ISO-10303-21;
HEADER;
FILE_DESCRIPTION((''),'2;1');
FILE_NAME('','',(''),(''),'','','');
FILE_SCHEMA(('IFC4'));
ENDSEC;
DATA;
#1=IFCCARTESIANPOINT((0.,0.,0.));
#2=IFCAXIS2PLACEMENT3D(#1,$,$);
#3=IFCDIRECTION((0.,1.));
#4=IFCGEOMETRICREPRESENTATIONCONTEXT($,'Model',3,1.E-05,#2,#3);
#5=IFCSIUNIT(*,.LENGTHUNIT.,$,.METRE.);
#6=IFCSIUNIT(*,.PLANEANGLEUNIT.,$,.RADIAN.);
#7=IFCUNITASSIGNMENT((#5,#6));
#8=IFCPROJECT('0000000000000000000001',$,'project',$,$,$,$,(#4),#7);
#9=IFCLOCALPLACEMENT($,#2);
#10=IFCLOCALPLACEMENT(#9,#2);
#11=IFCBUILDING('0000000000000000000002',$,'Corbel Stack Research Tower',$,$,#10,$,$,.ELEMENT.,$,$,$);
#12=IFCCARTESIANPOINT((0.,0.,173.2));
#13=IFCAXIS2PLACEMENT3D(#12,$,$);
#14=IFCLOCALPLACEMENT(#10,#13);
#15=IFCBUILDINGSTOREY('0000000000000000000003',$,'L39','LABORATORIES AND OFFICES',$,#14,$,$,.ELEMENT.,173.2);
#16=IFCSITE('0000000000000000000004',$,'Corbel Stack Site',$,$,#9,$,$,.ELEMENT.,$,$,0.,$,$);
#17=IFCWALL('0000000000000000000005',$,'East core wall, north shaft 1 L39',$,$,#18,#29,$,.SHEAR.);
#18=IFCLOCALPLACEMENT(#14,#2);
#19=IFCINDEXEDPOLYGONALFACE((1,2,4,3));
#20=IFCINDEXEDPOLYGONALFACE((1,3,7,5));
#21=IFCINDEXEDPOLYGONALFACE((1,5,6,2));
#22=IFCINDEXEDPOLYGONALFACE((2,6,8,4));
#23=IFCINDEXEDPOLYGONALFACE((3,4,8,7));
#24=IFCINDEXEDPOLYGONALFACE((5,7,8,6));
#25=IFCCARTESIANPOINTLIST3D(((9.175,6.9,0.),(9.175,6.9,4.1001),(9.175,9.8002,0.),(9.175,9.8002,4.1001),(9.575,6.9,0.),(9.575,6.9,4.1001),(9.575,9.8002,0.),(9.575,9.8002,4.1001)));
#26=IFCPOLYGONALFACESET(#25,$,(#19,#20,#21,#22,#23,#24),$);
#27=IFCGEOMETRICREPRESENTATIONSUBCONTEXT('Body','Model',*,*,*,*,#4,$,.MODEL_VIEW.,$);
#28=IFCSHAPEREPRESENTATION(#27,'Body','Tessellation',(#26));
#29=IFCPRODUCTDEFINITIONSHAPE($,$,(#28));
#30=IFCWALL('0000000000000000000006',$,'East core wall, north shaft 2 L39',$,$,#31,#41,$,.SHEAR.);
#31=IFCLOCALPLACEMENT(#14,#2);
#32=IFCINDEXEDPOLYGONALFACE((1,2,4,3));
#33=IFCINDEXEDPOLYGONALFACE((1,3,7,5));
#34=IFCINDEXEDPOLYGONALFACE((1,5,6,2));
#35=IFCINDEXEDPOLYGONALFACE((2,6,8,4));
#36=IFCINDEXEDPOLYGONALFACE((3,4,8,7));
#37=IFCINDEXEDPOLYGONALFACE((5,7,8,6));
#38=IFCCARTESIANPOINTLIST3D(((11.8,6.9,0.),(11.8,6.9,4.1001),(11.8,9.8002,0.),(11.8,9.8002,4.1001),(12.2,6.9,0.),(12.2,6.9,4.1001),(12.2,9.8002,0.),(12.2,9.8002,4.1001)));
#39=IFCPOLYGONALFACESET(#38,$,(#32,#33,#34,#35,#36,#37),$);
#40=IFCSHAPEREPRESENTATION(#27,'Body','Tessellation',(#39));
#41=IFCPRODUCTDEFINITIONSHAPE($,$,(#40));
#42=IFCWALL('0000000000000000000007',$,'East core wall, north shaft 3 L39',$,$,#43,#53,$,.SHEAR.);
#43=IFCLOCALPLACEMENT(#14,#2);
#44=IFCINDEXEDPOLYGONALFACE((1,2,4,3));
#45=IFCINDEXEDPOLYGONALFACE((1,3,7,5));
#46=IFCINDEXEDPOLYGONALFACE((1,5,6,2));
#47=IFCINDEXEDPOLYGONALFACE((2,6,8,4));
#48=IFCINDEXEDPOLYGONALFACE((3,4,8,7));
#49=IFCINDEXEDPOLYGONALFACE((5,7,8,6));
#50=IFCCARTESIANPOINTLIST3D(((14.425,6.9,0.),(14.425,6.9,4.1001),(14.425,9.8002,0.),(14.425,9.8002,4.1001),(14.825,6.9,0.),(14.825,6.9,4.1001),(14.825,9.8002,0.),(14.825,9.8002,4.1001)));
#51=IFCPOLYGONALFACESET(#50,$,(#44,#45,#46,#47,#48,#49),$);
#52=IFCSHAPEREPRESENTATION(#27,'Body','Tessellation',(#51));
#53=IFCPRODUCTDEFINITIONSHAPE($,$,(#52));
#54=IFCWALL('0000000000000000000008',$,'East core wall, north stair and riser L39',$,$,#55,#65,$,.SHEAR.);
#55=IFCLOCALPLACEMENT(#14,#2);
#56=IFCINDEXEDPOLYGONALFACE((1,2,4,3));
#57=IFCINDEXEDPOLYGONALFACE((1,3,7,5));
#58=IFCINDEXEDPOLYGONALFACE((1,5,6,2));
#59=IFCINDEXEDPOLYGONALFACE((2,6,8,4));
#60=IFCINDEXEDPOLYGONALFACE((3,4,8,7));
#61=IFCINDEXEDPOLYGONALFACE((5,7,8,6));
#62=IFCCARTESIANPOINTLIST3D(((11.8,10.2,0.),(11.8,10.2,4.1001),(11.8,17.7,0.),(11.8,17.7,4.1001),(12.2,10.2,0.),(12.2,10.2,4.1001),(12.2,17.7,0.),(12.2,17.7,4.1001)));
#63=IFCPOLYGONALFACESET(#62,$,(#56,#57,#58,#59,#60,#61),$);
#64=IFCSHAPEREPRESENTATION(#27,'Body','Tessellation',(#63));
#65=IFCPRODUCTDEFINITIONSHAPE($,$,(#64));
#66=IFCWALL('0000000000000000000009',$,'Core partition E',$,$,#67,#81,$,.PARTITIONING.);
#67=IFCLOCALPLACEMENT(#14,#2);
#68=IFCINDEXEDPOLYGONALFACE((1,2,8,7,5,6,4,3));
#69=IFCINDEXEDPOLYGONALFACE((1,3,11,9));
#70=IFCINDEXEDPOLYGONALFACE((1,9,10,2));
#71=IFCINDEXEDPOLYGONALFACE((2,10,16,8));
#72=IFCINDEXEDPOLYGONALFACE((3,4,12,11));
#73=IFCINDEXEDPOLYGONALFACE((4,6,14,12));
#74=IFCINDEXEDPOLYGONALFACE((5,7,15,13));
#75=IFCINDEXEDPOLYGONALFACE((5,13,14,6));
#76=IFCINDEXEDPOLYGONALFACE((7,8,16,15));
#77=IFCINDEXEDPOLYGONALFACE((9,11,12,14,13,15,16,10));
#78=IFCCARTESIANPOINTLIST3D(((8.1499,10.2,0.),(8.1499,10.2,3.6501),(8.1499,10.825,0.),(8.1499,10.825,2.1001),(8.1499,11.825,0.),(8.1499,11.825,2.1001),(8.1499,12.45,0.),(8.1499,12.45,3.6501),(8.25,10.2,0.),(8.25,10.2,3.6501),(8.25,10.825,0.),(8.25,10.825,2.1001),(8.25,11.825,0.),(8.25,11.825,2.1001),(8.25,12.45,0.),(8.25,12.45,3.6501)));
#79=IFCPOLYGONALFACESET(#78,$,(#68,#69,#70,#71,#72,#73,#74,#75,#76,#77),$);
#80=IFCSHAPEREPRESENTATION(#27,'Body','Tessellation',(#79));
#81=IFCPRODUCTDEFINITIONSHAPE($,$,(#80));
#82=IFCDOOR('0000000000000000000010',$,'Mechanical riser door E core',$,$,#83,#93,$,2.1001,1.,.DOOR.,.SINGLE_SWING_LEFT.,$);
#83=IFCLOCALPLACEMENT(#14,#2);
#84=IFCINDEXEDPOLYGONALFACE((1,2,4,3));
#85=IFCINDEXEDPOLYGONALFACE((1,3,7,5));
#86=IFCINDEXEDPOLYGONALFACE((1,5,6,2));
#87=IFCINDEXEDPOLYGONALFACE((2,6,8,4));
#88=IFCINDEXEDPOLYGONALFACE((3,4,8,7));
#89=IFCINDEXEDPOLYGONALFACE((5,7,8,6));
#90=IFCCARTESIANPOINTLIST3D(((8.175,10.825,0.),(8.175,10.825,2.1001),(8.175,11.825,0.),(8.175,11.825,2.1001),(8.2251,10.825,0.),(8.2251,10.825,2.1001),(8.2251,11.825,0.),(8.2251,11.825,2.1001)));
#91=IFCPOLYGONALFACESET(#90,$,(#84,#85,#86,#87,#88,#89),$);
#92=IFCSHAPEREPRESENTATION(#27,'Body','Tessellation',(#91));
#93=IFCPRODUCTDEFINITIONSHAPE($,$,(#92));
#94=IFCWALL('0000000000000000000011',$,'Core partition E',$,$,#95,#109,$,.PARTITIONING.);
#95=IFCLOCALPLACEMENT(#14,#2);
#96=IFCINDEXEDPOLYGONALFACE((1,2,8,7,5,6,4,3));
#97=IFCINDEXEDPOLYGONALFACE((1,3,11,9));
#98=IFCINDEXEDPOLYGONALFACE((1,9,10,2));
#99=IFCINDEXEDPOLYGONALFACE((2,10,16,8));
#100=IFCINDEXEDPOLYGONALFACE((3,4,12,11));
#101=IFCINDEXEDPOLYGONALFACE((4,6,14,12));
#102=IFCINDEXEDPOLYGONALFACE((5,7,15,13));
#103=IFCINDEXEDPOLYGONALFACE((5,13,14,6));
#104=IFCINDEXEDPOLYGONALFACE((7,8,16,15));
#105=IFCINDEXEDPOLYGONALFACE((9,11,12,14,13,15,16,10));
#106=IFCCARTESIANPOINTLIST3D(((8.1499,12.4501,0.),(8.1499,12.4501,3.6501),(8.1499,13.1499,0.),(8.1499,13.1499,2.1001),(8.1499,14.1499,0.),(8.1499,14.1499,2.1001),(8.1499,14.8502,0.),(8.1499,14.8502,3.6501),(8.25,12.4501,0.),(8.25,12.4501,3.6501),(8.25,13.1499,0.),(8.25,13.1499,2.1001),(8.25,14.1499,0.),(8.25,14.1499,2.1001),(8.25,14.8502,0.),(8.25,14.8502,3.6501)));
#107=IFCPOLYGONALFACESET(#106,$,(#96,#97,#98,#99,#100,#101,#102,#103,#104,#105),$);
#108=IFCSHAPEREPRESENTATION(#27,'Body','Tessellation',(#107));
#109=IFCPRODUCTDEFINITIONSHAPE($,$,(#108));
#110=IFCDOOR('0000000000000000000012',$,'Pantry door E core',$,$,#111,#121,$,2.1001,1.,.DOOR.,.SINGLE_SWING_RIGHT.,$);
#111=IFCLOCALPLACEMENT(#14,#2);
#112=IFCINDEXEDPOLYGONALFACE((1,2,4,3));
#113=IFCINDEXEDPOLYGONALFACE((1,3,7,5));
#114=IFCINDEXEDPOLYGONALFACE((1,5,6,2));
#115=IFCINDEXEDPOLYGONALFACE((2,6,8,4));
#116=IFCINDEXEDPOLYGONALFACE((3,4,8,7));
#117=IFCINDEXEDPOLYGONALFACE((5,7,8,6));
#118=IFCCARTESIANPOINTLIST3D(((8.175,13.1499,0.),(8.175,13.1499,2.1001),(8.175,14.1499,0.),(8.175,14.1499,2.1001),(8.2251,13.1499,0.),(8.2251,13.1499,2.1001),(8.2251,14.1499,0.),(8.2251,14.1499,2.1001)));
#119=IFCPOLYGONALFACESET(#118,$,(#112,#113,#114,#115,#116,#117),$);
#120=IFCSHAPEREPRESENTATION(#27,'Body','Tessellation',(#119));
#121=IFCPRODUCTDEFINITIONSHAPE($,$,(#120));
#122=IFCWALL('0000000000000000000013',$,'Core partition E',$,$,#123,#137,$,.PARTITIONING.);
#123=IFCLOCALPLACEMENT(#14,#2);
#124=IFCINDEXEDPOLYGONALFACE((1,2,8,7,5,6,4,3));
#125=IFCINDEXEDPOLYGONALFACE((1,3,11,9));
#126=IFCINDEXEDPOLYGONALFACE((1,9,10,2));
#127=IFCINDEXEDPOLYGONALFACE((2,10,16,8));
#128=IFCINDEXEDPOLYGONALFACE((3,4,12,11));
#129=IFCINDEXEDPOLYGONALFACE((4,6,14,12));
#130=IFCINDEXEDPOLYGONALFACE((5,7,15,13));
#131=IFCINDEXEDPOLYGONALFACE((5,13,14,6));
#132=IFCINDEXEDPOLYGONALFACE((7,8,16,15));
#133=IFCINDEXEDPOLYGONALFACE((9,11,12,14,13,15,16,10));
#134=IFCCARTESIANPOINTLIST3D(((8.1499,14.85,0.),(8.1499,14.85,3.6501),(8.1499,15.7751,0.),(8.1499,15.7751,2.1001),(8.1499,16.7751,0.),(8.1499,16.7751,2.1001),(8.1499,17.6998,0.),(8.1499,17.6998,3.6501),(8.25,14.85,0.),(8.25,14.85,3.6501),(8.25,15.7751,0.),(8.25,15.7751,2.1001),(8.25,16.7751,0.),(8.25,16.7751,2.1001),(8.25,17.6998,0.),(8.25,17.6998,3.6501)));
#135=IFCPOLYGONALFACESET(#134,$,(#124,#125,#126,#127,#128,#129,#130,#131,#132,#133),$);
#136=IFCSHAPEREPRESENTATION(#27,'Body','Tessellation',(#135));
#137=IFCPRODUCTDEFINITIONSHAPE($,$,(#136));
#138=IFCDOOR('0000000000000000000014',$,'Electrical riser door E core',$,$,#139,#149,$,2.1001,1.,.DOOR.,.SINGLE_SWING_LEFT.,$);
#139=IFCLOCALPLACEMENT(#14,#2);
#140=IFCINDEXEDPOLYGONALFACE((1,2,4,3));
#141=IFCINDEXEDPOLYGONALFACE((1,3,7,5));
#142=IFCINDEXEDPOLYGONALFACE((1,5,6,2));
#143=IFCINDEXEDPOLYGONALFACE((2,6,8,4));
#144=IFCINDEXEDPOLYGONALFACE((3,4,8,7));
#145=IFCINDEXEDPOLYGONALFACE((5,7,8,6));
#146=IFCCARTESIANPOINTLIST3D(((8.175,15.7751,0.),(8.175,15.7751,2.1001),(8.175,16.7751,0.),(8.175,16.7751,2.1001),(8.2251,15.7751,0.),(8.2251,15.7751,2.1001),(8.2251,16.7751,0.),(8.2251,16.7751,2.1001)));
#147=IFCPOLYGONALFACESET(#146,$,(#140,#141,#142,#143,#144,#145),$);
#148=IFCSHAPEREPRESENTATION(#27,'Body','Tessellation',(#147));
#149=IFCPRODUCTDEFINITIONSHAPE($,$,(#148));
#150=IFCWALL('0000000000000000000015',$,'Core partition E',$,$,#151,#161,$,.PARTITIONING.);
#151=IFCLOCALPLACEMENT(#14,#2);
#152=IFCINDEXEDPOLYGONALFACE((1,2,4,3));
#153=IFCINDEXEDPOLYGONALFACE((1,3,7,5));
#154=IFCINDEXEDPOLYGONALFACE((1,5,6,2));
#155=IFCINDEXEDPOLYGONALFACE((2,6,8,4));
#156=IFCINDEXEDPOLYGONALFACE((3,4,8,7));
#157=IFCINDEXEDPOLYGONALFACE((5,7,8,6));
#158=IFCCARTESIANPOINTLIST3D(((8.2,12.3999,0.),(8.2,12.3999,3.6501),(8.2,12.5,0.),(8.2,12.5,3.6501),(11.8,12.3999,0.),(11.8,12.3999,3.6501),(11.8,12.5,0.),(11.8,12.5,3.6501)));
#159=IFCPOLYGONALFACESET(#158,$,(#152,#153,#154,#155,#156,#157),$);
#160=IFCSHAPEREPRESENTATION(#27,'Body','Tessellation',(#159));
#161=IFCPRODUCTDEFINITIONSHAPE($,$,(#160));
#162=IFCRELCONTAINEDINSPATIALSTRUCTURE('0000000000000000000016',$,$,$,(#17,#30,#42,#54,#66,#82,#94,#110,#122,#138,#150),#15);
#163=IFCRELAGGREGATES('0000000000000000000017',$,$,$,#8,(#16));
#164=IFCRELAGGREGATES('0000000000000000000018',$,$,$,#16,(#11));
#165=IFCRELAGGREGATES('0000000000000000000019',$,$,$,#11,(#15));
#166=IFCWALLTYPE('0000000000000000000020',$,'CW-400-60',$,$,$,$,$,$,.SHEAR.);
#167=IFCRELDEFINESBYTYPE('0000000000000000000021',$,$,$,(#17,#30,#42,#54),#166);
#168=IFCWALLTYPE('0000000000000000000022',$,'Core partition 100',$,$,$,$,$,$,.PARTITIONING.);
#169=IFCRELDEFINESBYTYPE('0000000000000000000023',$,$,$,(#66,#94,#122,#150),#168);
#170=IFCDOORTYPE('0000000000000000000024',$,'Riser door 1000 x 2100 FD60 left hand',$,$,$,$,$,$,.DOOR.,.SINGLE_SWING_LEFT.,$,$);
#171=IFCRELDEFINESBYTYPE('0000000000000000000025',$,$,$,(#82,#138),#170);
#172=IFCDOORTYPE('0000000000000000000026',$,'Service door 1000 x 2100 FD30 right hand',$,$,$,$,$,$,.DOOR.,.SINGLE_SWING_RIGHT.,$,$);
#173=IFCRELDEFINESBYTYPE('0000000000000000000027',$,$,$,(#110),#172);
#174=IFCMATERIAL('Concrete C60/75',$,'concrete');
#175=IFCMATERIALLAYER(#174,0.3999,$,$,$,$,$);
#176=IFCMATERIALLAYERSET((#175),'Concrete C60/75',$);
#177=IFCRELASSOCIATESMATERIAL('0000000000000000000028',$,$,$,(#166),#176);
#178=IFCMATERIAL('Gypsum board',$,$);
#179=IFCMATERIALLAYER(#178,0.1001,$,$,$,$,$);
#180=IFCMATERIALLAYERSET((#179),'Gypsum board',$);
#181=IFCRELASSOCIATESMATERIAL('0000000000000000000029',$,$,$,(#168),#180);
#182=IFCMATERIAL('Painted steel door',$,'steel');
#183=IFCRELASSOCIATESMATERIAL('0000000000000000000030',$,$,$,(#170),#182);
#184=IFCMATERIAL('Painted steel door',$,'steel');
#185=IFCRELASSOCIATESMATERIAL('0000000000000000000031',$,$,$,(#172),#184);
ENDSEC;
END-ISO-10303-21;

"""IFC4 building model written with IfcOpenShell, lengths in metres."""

from ifc_helpers import new_model, si_unit, direction, frame, frame_2d, origin, place, context, subcontext, project, spatial, rectangle, extrude, material, layer, layer_set, type_object, element, fill, save


model = new_model("IFC4")

# Units and contexts
model_context = context("Model", 3, precision=1e-05, world=origin(), true_north=direction((0.0, 1.0)))
body_context = subcontext(model_context, "Body", "Model", "MODEL_VIEW")
ifc_project = project(units=[si_unit("LENGTHUNIT", "METRE"), si_unit("PLANEANGLEUNIT", "RADIAN")], contexts=[model_context])

# Site, building, storey
site_placement = place(None, origin())
site = spatial("IfcSite", under=ifc_project, at=site_placement, Name="Corbel Stack Site", CompositionType="ELEMENT", RefElevation=0.0)
building_placement = place(site_placement, origin())
building = spatial("IfcBuilding", under=site, at=building_placement, Name="Corbel Stack Research Tower", CompositionType="ELEMENT")
storey_placement = place(building_placement, frame((0.0, 0.0, 173.2)))
storey = spatial("IfcBuildingStorey", under=building, at=storey_placement, Name="L39", Description="LABORATORIES AND OFFICES", CompositionType="ELEMENT", Elevation=173.2)

# Walls
ifc_material_1 = material(Name="Concrete C60/75", Category="concrete")
ifc_layer_1 = layer(ifc_material_1, 0.3999)
ifc_layer_set_1 = layer_set([ifc_layer_1], Name="Concrete C60/75")
wall_type_1 = type_object("IfcWallType", Name="CW-400-60", PredefinedType="SHEAR", material=ifc_layer_set_1)
for number, where, z_axis, x_axis, name in (
    (1, (9.375, 6.8999, 0.0), (0.0, 0.0, 1.0), (0.0, 1.0, 0.0), "East core wall, north shaft 1 L39"),
    (2, (12.0, 6.8999, 0.0), (0.0, 0.0, 1.0), (0.0, 1.0, 0.0), "East core wall, north shaft 2 L39"),
    (3, (14.625, 6.8999, 0.0), (0.0, 0.0, 1.0), (0.0, 1.0, 0.0), "East core wall, north shaft 3 L39"),
):
    element("IfcWall", number, at=place(storey_placement, frame(where, z_axis=z_axis, x_axis=x_axis)), inside=storey, type_object=wall_type_1, Name=name, PredefinedType="SHEAR", context=body_context, shape_type="SweptSolid", body=[
        extrude(rectangle(XDim=2.9001, YDim=0.3999, at=frame_2d((1.4502, 0.0))), origin(), (0.0, 0.0, 1.0), 4.1001),
    ])
wall_1_placement = place(storey_placement, frame((12.0, 10.2, 0.0), z_axis=(0.0, 0.0, 1.0), x_axis=(0.0, 1.0, 0.0)))
element("IfcWall", 4, at=wall_1_placement, inside=storey, type_object=wall_type_1, Name="East core wall, north stair and riser L39", PredefinedType="SHEAR", context=body_context, shape_type="SweptSolid", body=[
    extrude(rectangle(XDim=7.5, YDim=0.3999, at=frame_2d((3.75, 0.0))), origin(), (0.0, 0.0, 1.0), 4.1001),
])

# Walls, openings, doors
ifc_material_2 = material(Name="Gypsum board")
ifc_layer_2 = layer(ifc_material_2, 0.1001)
ifc_layer_set_2 = layer_set([ifc_layer_2], Name="Gypsum board")
wall_type_2 = type_object("IfcWallType", Name="Core partition 100", PredefinedType="PARTITIONING", material=ifc_layer_set_2)
wall_2_placement = place(storey_placement, frame((8.2, 10.2, 0.0), z_axis=(0.0, 0.0, 1.0), x_axis=(0.0, 1.0, 0.0)))
wall_2 = element("IfcWall", 5, at=wall_2_placement, inside=storey, type_object=wall_type_2, Name="Core partition E", PredefinedType="PARTITIONING", context=body_context, shape_type="SweptSolid", body=[
    extrude(rectangle(XDim=2.25, YDim=0.1001, at=frame_2d((1.125, 0.0))), origin(), (0.0, 0.0, 1.0), 3.6501),
])
opening_1_placement = place(wall_2_placement, frame((0.625, 0.0, 0.0)))
opening_1 = element("IfcOpeningElement", 6, at=opening_1_placement, cuts=wall_2, PredefinedType="OPENING", context=body_context, shape_type="SweptSolid", body=[
    extrude(rectangle(XDim=1.0, YDim=2.1001, at=frame_2d((0.5, 1.05))), frame((0.0, 0.0601, 0.0), z_axis=(0.0, -1.0, 0.0), x_axis=(1.0, 0.0, 0.0)), (0.0, 0.0, 1.0), 0.1201),
])
ifc_material_3 = material(Name="Painted steel door", Category="steel")
door_type_1 = type_object("IfcDoorType", Name="Riser door 1000 x 2100 FD60 left hand", OperationType="SINGLE_SWING_LEFT", PredefinedType="DOOR", material=ifc_material_3)
door_1_placement = place(opening_1_placement, origin())
door_1 = element("IfcDoor", 7, at=door_1_placement, inside=storey, type_object=door_type_1, Name="Mechanical riser door E core", OperationType="SINGLE_SWING_LEFT", OverallHeight=2.1001, OverallWidth=1.0, PredefinedType="DOOR", context=body_context, shape_type="SweptSolid", body=[
    extrude(rectangle(XDim=1.0, YDim=2.1001, at=frame_2d((0.5, 1.05))), frame((0.0, 0.0249, 0.0), z_axis=(0.0, -1.0, 0.0), x_axis=(1.0, 0.0, 0.0)), (0.0, 0.0, 1.0), 0.05),
])
fill(opening_1, door_1)
wall_3_placement = place(storey_placement, frame((8.2, 12.45, 0.0), z_axis=(0.0, 0.0, 1.0), x_axis=(0.0, 1.0, 0.0)))
wall_3 = element("IfcWall", 8, at=wall_3_placement, inside=storey, type_object=wall_type_2, Name="Core partition E", PredefinedType="PARTITIONING", context=body_context, shape_type="SweptSolid", body=[
    extrude(rectangle(XDim=2.4001, YDim=0.1001, at=frame_2d((1.2002, 0.0))), origin(), (0.0, 0.0, 1.0), 3.6501),
])
opening_2_placement = place(wall_3_placement, frame((0.7, 0.0, 0.0)))
opening_2 = element("IfcOpeningElement", 9, at=opening_2_placement, cuts=wall_3, PredefinedType="OPENING", context=body_context, shape_type="SweptSolid", body=[
    extrude(rectangle(XDim=1.0, YDim=2.1001, at=frame_2d((0.5, 1.05))), frame((0.0, 0.0601, 0.0), z_axis=(0.0, -1.0, 0.0), x_axis=(1.0, 0.0, 0.0)), (0.0, 0.0, 1.0), 0.1201),
])
ifc_material_4 = material(Name="Painted steel door", Category="steel")
door_type_2 = type_object("IfcDoorType", Name="Service door 1000 x 2100 FD30 right hand", OperationType="SINGLE_SWING_RIGHT", PredefinedType="DOOR", material=ifc_material_4)
door_2_placement = place(opening_2_placement, origin())
door_2 = element("IfcDoor", 10, at=door_2_placement, inside=storey, type_object=door_type_2, Name="Pantry door E core", OperationType="SINGLE_SWING_RIGHT", OverallHeight=2.1001, OverallWidth=1.0, PredefinedType="DOOR", context=body_context, shape_type="SweptSolid", body=[
    extrude(rectangle(XDim=1.0, YDim=2.1001, at=frame_2d((0.5, 1.05))), frame((0.0, 0.0249, 0.0), z_axis=(0.0, -1.0, 0.0), x_axis=(1.0, 0.0, 0.0)), (0.0, 0.0, 1.0), 0.05),
])
fill(opening_2, door_2)
wall_4_placement = place(storey_placement, frame((8.2, 14.8501, 0.0), z_axis=(0.0, 0.0, 1.0), x_axis=(0.0, 1.0, 0.0)))
wall_4 = element("IfcWall", 11, at=wall_4_placement, inside=storey, type_object=wall_type_2, Name="Core partition E", PredefinedType="PARTITIONING", context=body_context, shape_type="SweptSolid", body=[
    extrude(rectangle(XDim=2.8499, YDim=0.1001, at=frame_2d((1.4248, 0.0))), origin(), (0.0, 0.0, 1.0), 3.6501),
])
opening_3_placement = place(wall_4_placement, frame((0.925, 0.0, 0.0)))
opening_3 = element("IfcOpeningElement", 12, at=opening_3_placement, cuts=wall_4, PredefinedType="OPENING", context=body_context, shape_type="SweptSolid", body=[
    extrude(rectangle(XDim=1.0, YDim=2.1001, at=frame_2d((0.5, 1.05))), frame((0.0, 0.0601, 0.0), z_axis=(0.0, -1.0, 0.0), x_axis=(1.0, 0.0, 0.0)), (0.0, 0.0, 1.0), 0.1201),
])
door_3_placement = place(opening_3_placement, origin())
door_3 = element("IfcDoor", 13, at=door_3_placement, inside=storey, type_object=door_type_1, Name="Electrical riser door E core", OperationType="SINGLE_SWING_LEFT", OverallHeight=2.1001, OverallWidth=1.0, PredefinedType="DOOR", context=body_context, shape_type="SweptSolid", body=[
    extrude(rectangle(XDim=1.0, YDim=2.1001, at=frame_2d((0.5, 1.05))), frame((0.0, 0.0249, 0.0), z_axis=(0.0, -1.0, 0.0), x_axis=(1.0, 0.0, 0.0)), (0.0, 0.0, 1.0), 0.05),
])
fill(opening_3, door_3)

# Wall
wall_5_placement = place(storey_placement, frame((8.2, 12.45, 0.0), z_axis=(0.0, 0.0, 1.0), x_axis=(1.0, 0.0, 0.0)))
element("IfcWall", 14, at=wall_5_placement, inside=storey, type_object=wall_type_2, Name="Core partition E", PredefinedType="PARTITIONING", context=body_context, shape_type="SweptSolid", body=[
    extrude(rectangle(XDim=3.6001, YDim=0.1001, at=frame_2d((1.8, 0.0))), origin(), (0.0, 0.0, 1.0), 3.6501),
])

save(model, "model.ifc")
